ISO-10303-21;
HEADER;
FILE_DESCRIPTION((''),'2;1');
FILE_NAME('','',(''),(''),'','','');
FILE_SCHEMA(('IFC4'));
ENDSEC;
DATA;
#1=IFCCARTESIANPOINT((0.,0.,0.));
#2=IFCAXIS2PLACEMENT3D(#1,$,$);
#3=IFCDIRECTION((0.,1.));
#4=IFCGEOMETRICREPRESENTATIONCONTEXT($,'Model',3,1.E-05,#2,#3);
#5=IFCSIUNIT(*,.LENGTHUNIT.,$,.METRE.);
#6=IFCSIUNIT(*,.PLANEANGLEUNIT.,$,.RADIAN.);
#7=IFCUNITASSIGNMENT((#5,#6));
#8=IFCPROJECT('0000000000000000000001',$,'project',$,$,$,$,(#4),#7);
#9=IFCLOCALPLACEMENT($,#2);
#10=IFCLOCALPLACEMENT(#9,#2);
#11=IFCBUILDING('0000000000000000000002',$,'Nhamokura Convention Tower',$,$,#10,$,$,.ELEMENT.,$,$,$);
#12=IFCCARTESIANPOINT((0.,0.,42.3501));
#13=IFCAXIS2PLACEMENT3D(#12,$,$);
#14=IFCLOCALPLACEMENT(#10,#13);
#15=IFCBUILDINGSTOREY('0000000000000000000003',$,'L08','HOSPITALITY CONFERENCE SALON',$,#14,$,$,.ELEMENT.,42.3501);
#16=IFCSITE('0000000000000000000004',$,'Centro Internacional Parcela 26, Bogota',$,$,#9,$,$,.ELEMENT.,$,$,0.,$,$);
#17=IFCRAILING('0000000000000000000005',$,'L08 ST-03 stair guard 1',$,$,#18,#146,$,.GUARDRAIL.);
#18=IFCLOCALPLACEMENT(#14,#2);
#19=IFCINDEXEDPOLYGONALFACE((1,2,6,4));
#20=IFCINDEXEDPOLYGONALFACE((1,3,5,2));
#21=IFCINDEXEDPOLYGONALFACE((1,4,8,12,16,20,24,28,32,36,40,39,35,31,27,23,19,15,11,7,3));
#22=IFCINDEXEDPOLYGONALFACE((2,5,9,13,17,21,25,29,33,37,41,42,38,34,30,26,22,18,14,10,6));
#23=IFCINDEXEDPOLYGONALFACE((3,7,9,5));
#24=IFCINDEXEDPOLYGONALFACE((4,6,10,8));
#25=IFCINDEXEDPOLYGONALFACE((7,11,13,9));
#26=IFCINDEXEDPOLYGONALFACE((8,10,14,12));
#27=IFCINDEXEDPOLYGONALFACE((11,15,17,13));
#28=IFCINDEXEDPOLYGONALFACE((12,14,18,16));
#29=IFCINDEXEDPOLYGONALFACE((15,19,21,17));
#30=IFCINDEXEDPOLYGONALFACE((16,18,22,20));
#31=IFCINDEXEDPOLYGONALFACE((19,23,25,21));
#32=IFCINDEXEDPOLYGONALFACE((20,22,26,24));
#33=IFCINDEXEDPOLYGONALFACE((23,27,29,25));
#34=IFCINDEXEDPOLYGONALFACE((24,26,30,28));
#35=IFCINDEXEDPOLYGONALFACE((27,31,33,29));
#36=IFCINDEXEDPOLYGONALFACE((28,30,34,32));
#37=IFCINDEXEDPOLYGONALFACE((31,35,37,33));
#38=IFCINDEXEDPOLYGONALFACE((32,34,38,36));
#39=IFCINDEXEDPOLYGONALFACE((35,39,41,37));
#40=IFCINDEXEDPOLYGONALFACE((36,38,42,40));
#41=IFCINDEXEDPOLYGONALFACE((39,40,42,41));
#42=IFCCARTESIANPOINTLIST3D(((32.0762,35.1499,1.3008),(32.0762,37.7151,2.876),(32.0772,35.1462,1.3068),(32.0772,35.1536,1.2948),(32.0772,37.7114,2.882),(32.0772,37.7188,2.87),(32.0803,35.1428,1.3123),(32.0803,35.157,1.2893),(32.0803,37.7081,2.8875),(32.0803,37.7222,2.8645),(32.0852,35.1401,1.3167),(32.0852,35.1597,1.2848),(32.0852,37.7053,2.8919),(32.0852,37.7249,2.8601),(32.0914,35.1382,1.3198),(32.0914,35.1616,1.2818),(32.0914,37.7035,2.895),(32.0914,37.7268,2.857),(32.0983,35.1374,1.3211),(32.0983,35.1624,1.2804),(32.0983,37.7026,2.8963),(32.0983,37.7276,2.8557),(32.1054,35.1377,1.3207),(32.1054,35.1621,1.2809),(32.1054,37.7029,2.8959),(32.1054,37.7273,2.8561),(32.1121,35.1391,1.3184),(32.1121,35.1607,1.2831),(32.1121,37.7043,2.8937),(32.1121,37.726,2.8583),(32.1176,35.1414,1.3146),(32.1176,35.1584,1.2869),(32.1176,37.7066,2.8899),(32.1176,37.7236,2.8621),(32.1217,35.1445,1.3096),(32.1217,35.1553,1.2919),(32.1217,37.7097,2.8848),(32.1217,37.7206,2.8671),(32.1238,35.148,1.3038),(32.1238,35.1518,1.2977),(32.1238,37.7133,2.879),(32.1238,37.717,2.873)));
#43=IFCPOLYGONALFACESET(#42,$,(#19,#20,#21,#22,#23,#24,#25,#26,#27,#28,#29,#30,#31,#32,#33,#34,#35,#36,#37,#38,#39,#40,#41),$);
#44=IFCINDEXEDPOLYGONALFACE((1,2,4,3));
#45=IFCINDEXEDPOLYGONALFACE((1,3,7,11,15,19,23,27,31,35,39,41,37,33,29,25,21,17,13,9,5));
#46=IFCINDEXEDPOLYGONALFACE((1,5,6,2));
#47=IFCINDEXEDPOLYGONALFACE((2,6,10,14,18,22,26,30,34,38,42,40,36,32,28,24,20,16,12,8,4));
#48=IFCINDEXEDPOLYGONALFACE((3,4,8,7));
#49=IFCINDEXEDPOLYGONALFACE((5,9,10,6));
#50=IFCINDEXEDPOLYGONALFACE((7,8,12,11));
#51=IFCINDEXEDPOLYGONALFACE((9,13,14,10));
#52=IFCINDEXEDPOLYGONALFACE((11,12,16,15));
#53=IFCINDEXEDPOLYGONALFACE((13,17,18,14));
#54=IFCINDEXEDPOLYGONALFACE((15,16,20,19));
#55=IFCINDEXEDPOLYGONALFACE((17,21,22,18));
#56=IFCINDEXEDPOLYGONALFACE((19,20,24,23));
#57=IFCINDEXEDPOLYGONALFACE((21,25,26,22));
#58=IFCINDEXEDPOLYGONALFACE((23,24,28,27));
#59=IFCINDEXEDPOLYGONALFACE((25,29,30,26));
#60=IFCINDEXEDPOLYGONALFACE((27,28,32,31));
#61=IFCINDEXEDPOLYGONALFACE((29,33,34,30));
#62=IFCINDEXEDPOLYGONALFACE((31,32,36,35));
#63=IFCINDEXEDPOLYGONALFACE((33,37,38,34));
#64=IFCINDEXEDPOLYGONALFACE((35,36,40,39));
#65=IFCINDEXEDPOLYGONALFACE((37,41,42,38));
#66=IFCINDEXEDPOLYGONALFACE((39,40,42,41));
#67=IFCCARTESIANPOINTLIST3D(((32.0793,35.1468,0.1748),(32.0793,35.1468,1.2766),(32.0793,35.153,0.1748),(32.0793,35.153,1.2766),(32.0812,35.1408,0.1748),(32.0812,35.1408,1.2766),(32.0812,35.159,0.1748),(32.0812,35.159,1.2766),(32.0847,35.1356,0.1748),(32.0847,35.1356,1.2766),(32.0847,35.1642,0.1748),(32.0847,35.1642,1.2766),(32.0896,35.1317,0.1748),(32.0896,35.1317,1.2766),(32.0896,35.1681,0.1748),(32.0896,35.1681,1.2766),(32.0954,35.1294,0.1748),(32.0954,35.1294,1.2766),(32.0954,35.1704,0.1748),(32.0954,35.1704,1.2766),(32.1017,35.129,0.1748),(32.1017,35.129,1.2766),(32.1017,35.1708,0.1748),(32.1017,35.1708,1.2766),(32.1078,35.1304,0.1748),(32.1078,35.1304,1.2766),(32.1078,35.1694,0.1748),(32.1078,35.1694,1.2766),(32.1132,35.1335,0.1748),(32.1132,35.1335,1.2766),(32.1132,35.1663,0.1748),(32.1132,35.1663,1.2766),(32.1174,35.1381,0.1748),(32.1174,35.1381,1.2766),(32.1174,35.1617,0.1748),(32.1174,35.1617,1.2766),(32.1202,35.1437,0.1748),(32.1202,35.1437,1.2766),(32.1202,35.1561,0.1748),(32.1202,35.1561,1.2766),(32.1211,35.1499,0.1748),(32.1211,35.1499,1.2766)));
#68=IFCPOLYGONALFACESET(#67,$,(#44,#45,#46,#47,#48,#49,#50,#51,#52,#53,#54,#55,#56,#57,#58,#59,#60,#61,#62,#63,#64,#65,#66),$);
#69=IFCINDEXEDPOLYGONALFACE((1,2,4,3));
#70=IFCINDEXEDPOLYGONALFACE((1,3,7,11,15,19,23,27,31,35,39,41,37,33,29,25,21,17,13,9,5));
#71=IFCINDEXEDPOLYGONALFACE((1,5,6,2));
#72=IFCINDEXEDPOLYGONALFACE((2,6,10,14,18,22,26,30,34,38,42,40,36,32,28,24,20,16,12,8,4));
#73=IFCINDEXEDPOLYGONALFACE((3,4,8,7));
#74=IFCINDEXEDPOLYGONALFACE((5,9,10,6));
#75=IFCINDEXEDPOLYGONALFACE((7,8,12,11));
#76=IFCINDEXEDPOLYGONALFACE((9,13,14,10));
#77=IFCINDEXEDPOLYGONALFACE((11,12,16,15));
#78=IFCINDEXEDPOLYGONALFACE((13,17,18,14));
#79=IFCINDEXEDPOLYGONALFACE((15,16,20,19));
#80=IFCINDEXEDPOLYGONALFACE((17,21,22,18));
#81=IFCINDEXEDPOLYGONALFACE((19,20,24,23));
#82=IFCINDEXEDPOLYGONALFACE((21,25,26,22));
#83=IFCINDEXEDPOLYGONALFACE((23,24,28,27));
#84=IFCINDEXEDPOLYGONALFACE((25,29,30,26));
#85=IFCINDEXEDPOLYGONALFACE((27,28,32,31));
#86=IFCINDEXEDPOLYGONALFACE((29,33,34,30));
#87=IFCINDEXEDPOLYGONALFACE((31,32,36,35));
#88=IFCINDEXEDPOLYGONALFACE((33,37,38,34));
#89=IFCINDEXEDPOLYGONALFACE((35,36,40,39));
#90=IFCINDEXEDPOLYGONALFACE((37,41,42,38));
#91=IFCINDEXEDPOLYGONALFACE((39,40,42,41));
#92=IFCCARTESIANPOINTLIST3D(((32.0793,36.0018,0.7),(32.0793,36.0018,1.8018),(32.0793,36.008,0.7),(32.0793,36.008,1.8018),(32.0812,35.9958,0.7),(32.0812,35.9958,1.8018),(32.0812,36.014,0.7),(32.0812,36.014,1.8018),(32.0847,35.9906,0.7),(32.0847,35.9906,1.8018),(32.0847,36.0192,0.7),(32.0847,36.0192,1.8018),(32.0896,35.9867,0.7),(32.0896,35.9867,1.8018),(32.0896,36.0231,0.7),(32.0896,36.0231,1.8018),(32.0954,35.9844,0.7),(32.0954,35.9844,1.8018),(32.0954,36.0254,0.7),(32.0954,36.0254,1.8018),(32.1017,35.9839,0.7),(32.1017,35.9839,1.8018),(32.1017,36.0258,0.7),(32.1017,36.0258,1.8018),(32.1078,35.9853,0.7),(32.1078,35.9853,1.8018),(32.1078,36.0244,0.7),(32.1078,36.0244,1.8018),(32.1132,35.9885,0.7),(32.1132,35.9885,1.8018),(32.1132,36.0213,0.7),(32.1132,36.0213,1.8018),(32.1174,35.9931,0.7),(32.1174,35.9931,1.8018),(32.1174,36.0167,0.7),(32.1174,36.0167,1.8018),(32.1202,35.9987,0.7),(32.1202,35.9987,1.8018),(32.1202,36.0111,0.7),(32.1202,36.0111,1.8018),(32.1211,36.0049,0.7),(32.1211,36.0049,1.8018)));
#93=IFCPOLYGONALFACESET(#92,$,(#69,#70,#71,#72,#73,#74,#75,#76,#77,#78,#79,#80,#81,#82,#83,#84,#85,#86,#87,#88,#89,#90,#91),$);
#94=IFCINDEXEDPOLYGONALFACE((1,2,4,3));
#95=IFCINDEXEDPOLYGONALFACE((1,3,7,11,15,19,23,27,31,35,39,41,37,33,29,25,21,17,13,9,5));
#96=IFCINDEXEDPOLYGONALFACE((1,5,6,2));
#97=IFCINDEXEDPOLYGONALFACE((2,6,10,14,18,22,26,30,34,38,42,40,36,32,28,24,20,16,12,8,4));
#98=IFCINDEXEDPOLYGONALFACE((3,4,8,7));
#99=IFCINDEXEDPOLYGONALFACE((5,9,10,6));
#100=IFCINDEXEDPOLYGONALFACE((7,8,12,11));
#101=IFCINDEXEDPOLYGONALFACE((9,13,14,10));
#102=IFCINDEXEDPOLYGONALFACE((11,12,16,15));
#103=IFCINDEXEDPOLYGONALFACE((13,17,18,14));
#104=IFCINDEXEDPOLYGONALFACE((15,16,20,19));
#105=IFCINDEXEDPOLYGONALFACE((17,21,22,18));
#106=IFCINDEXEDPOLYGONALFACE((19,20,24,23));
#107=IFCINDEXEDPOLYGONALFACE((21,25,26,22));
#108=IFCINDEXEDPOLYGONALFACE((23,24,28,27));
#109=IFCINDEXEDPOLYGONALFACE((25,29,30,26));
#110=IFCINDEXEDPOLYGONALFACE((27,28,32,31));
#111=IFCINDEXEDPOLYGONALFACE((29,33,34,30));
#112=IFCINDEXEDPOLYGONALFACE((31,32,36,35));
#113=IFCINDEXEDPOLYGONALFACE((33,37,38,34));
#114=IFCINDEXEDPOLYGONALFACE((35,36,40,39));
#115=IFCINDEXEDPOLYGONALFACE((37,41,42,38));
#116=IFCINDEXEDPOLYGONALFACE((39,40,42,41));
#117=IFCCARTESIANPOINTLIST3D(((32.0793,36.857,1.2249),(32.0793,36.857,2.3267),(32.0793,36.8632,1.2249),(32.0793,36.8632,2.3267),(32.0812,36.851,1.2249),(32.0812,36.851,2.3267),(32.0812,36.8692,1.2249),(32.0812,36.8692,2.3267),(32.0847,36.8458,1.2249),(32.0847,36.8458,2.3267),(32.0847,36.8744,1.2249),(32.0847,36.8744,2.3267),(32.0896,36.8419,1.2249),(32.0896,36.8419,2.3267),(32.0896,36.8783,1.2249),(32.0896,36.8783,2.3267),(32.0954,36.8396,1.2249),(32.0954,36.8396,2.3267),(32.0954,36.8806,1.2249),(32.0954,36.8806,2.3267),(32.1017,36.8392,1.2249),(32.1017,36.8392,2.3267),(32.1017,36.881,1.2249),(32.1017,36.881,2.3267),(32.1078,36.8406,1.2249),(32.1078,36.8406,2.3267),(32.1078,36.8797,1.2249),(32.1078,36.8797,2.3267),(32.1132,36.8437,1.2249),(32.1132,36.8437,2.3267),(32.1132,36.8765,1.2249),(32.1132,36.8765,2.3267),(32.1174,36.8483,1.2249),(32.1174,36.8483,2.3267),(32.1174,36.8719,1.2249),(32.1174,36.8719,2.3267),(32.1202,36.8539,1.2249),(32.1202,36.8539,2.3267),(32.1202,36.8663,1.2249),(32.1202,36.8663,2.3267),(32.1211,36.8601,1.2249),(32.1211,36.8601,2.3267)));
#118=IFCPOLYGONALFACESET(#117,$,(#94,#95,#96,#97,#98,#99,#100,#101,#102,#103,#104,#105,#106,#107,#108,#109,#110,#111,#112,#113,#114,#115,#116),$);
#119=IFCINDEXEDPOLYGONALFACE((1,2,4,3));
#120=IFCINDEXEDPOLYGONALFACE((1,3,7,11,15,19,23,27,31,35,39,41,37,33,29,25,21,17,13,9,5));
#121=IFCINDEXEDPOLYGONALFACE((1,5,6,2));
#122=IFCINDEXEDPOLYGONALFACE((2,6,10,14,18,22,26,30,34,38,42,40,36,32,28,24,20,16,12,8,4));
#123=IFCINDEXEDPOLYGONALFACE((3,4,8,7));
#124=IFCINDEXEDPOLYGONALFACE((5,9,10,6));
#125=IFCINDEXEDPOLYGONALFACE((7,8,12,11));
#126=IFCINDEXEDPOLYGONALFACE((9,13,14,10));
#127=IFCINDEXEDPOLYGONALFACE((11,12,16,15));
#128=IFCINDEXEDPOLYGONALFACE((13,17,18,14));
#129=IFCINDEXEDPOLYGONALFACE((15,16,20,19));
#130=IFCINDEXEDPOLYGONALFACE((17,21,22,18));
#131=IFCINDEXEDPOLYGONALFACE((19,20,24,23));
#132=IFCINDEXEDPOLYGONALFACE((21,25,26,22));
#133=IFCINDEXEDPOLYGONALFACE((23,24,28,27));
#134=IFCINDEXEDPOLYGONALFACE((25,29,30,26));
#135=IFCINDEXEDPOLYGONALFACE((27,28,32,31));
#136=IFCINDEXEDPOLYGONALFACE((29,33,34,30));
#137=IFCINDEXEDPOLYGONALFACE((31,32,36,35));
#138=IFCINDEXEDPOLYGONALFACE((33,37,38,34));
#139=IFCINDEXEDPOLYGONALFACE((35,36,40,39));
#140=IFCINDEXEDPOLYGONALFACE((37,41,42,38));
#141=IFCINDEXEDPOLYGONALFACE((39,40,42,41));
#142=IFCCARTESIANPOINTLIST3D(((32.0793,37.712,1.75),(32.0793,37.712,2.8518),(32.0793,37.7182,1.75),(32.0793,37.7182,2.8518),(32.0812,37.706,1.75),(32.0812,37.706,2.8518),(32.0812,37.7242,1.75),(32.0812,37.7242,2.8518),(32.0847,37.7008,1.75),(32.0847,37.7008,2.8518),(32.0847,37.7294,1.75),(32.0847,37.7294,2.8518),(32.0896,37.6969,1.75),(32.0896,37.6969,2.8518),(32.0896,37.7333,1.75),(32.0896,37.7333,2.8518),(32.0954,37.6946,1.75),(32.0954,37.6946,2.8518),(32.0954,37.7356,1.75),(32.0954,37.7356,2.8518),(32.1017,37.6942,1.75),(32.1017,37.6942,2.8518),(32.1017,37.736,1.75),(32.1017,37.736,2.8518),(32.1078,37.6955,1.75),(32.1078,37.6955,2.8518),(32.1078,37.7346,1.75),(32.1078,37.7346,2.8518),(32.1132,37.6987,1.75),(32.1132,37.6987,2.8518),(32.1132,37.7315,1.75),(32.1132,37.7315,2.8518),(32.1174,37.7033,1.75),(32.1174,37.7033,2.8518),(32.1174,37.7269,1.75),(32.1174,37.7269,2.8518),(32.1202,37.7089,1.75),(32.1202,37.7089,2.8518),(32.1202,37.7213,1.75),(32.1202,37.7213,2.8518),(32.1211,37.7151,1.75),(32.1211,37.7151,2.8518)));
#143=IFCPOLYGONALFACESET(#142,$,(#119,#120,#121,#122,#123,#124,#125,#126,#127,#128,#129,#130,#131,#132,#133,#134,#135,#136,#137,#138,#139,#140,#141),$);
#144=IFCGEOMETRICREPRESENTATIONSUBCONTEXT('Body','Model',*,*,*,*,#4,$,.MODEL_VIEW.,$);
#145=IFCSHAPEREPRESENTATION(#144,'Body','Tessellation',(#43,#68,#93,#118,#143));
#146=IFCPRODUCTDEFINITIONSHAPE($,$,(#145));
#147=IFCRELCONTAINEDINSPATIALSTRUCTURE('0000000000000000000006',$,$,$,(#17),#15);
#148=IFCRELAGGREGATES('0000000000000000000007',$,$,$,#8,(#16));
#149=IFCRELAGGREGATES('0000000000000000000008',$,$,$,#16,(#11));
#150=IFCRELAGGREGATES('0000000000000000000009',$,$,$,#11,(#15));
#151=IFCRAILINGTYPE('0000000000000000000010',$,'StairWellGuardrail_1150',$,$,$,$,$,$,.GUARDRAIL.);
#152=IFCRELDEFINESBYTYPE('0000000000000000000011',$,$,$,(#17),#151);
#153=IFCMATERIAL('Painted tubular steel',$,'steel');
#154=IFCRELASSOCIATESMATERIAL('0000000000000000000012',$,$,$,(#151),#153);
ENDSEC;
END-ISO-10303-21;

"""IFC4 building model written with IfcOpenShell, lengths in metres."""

from ifc_helpers import new_model, si_unit, direction, frame, origin, origin_2d, place, context, subcontext, project, spatial, circle, extrude, material, type_object, element, save


model = new_model("IFC4")

# Units and contexts
model_context = context("Model", 3, precision=1e-05, world=origin(), true_north=direction((0.0, 1.0)))
body_context = subcontext(model_context, "Body", "Model", "MODEL_VIEW")
ifc_project = project(units=[si_unit("LENGTHUNIT", "METRE"), si_unit("PLANEANGLEUNIT", "RADIAN")], contexts=[model_context])

# Site, building, storey
site_placement = place(None, origin())
site = spatial("IfcSite", under=ifc_project, at=site_placement, Name="Centro Internacional Parcela 26, Bogota", CompositionType="ELEMENT", RefElevation=0.0)
building_placement = place(site_placement, origin())
building = spatial("IfcBuilding", under=site, at=building_placement, Name="Nhamokura Convention Tower", CompositionType="ELEMENT")
storey_placement = place(building_placement, frame((0.0, 0.0, 42.3501)))
storey = spatial("IfcBuildingStorey", under=building, at=storey_placement, Name="L08", Description="HOSPITALITY CONFERENCE SALON", CompositionType="ELEMENT", Elevation=42.3501)

# Railing
ifc_material_1 = material(Name="Painted tubular steel", Category="steel")
railing_type_1 = type_object("IfcRailingType", Name="StairWellGuardrail_1150", PredefinedType="GUARDRAIL", material=ifc_material_1)
railing_1_placement = place(storey_placement, frame((32.1001, 35.1499, 0.1748)))
element("IfcRailing", 1, at=railing_1_placement, inside=storey, type_object=railing_type_1, Name="L08 ST-03 stair guard 1", PredefinedType="GUARDRAIL", context=body_context, shape_type="SweptSolid", body=[
    extrude(circle(Radius=0.0239, at=origin_2d()), frame((0.0, 0.0, 1.126), z_axis=(0.0, 0.852159, 0.523283), x_axis=(-1.0, 0.0, 0.0)), (0.0, 0.0, 1.0), 3.0103),
    extrude(circle(Radius=0.021, at=origin_2d()), origin(), (0.0, 0.0, 1.0), 1.1018),
    extrude(circle(Radius=0.021, at=origin_2d()), frame((0.0, 0.855, 0.5251)), (0.0, 0.0, 1.0), 1.1018),
    extrude(circle(Radius=0.021, at=origin_2d()), frame((0.0, 1.7102, 1.05)), (0.0, 0.0, 1.0), 1.1018),
    extrude(circle(Radius=0.021, at=origin_2d()), frame((0.0, 2.5652, 1.5752)), (0.0, 0.0, 1.0), 1.1018),
])

save(model, "model.ifc")
